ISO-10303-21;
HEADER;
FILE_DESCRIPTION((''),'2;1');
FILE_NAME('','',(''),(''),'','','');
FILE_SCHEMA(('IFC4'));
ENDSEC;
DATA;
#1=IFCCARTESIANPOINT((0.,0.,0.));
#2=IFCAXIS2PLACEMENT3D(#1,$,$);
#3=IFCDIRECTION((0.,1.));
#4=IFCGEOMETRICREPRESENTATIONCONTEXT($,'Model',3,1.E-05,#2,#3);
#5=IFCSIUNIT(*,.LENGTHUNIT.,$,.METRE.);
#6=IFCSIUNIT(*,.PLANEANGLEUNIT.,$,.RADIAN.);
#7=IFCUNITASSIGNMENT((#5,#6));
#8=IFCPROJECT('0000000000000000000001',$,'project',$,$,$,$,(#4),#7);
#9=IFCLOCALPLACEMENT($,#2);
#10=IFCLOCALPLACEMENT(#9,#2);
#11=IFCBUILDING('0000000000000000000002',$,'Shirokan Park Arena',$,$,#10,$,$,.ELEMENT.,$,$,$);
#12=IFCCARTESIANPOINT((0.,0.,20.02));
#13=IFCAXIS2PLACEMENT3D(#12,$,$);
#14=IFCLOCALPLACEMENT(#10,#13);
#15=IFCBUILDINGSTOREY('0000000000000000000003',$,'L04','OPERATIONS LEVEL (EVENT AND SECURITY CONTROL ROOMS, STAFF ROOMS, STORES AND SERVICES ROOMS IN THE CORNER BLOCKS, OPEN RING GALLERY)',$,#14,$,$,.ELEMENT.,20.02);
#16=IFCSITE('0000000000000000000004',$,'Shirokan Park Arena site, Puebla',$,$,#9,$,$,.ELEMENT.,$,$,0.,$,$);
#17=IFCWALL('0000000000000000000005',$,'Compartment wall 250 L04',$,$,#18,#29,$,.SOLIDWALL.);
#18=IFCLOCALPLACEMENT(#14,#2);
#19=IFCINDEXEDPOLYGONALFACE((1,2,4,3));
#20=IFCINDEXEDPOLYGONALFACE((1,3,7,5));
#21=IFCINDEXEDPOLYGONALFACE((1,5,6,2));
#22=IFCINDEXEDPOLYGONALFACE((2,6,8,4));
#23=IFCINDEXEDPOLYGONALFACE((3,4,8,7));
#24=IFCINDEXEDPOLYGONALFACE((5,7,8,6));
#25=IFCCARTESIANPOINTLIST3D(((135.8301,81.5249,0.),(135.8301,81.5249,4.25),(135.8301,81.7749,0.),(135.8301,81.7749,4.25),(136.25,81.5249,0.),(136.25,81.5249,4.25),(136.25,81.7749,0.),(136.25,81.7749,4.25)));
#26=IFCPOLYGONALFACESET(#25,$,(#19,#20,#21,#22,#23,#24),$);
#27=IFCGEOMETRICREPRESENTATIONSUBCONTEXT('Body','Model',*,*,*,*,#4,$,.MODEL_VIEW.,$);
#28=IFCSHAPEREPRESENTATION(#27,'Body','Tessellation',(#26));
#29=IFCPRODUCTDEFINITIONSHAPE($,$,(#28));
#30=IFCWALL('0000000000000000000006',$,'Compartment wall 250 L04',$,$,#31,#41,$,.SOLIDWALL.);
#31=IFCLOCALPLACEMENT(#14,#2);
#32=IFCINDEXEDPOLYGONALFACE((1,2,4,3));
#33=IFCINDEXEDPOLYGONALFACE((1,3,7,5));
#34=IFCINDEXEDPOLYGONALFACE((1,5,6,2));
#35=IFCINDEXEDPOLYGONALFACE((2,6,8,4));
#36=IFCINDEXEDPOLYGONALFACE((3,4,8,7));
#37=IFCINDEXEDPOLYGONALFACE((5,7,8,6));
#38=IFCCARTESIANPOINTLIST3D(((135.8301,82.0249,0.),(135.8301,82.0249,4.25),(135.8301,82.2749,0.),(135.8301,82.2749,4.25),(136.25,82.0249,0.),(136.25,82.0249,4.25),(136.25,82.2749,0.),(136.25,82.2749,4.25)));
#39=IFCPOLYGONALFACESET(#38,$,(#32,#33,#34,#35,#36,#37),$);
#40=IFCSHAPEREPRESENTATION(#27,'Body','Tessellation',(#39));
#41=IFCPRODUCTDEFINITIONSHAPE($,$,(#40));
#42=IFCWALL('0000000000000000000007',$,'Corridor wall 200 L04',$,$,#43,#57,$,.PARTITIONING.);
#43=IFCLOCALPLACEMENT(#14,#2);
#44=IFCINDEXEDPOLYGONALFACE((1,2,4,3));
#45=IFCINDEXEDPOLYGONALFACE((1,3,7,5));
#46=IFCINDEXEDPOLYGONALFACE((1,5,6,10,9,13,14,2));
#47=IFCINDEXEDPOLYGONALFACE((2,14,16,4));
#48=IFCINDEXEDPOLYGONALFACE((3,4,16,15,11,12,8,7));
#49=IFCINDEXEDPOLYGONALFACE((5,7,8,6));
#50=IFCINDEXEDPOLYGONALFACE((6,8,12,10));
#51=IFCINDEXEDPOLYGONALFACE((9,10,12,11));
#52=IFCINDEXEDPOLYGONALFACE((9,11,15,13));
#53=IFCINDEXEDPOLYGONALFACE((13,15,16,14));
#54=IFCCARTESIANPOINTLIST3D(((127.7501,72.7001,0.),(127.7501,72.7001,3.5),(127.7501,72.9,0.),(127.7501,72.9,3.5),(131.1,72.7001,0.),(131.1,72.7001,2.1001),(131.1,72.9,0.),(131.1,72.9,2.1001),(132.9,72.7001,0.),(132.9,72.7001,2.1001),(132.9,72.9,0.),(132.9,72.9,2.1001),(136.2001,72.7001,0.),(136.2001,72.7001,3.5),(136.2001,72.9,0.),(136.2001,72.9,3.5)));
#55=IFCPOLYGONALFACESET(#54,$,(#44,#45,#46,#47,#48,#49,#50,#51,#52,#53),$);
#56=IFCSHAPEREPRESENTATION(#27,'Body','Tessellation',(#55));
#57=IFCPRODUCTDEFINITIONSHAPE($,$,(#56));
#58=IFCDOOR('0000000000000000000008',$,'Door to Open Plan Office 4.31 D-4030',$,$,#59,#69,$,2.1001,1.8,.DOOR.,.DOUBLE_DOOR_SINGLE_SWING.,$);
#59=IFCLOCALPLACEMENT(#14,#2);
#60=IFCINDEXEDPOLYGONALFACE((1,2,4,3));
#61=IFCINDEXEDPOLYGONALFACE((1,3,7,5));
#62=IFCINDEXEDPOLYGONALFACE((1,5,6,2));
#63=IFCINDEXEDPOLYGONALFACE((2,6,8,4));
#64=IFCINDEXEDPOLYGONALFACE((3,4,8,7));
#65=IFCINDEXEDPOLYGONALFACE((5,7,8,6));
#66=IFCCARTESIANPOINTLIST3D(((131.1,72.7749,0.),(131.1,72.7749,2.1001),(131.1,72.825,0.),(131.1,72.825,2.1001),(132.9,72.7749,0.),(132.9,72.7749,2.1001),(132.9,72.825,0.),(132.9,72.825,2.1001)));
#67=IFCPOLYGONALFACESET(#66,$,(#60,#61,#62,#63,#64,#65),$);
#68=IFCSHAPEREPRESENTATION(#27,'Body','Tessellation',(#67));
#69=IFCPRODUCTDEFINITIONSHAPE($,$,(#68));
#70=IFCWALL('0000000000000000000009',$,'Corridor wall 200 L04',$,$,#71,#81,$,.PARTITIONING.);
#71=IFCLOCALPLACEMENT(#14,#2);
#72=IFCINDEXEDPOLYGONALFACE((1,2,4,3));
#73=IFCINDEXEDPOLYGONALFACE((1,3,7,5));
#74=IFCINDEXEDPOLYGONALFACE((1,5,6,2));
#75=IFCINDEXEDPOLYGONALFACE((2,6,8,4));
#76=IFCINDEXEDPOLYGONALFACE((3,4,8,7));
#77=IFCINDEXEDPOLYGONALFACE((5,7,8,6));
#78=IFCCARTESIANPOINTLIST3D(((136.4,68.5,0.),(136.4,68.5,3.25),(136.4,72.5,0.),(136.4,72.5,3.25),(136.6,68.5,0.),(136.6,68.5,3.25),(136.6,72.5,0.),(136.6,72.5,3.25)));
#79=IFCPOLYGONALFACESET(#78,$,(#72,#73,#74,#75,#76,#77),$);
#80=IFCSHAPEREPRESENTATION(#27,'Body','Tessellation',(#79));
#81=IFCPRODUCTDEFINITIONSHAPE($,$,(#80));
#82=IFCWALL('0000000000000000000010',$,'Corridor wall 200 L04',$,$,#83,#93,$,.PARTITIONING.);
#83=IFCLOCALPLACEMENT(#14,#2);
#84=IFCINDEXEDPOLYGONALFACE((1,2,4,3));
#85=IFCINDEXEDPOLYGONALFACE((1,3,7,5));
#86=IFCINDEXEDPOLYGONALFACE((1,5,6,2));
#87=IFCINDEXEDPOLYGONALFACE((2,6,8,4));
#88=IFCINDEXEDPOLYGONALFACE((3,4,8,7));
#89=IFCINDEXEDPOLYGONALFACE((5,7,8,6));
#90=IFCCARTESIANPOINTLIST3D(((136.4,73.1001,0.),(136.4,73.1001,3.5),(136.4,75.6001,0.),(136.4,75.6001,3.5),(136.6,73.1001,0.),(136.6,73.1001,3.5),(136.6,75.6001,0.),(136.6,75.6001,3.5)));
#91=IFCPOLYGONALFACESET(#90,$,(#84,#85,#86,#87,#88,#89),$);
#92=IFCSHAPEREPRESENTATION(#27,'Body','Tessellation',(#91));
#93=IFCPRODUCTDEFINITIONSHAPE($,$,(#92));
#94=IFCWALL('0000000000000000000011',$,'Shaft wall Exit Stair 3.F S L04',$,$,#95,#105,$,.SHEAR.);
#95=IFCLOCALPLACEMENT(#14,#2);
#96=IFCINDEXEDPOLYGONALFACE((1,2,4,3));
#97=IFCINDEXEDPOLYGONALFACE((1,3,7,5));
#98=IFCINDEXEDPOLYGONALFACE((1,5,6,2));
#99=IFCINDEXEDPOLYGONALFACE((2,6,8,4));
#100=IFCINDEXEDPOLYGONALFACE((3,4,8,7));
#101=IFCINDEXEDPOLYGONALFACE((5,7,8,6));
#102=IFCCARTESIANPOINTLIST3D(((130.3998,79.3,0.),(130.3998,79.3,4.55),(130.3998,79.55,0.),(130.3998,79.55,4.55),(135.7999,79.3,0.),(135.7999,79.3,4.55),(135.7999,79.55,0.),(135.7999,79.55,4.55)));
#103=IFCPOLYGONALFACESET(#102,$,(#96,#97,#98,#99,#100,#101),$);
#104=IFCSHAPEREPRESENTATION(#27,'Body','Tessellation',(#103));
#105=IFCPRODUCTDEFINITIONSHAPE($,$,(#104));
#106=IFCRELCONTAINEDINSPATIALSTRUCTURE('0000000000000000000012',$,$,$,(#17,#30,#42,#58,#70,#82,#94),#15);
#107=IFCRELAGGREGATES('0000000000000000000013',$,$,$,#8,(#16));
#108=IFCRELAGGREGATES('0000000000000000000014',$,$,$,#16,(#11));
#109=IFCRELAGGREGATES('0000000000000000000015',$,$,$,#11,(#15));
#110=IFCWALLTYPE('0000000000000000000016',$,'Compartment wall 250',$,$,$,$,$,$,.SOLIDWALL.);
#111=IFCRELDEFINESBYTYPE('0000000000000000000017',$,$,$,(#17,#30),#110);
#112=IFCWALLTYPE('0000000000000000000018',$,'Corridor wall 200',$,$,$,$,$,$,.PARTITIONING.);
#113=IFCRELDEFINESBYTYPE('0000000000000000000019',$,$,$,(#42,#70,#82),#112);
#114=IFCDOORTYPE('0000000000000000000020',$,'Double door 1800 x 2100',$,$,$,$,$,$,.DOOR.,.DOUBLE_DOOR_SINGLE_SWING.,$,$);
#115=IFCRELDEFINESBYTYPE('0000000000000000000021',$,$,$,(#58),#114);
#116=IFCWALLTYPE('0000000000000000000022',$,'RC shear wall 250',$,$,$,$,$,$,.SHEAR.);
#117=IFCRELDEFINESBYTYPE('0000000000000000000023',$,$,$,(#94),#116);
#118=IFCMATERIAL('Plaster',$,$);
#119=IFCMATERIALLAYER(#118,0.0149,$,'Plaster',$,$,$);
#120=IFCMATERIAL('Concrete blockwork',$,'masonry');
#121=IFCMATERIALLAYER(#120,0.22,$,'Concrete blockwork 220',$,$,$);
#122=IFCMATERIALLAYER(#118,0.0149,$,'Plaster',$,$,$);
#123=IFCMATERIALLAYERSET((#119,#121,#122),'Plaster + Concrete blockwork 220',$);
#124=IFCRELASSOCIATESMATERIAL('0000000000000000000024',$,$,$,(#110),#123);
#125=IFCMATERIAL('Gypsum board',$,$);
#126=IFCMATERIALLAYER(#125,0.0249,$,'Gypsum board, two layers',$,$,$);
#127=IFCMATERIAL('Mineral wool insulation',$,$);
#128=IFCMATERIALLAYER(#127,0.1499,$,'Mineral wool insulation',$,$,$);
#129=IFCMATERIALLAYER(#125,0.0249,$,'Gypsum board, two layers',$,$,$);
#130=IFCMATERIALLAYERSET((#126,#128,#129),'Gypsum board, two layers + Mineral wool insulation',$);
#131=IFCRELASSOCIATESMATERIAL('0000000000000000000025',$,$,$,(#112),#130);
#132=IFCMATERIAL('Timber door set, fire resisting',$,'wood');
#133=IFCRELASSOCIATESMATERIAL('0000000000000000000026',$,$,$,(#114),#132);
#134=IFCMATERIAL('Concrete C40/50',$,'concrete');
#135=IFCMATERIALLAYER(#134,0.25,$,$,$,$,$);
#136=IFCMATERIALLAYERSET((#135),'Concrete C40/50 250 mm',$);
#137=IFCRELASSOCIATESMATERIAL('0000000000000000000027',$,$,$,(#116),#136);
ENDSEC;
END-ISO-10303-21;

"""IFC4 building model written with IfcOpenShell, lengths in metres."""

from ifc_helpers import new_model, si_unit, direction, frame, frame_2d, origin, place, context, subcontext, project, spatial, rectangle, extrude, material, layer, layer_set, type_object, element, fill, save


model = new_model("IFC4")

# Units and contexts
model_context = context("Model", 3, precision=1e-05, world=origin(), true_north=direction((0.0, 1.0)))
body_context = subcontext(model_context, "Body", "Model", "MODEL_VIEW")
ifc_project = project(units=[si_unit("LENGTHUNIT", "METRE"), si_unit("PLANEANGLEUNIT", "RADIAN")], contexts=[model_context])

# Site, building, storey
site_placement = place(None, origin())
site = spatial("IfcSite", under=ifc_project, at=site_placement, Name="Shirokan Park Arena site, Puebla", CompositionType="ELEMENT", RefElevation=0.0)
building_placement = place(site_placement, origin())
building = spatial("IfcBuilding", under=site, at=building_placement, Name="Shirokan Park Arena", CompositionType="ELEMENT")
storey_placement = place(building_placement, frame((0.0, 0.0, 20.02)))
storey = spatial("IfcBuildingStorey", under=building, at=storey_placement, Name="L04", Description="OPERATIONS LEVEL (EVENT AND SECURITY CONTROL ROOMS, STAFF ROOMS, STORES AND SERVICES ROOMS IN THE CORNER BLOCKS, OPEN RING GALLERY)", CompositionType="ELEMENT", Elevation=20.02)

# Walls
ifc_material_1 = material(Name="Plaster")
ifc_layer_1 = layer(ifc_material_1, 0.0149, Name="Plaster")
ifc_material_2 = material(Name="Concrete blockwork", Category="masonry")
ifc_layer_2 = layer(ifc_material_2, 0.22, Name="Concrete blockwork 220")
ifc_layer_3 = layer(ifc_material_1, 0.0149, Name="Plaster")
ifc_layer_set_1 = layer_set([ifc_layer_1, ifc_layer_2, ifc_layer_3], Name="Plaster + Concrete blockwork 220")
wall_type_1 = type_object("IfcWallType", Name="Compartment wall 250", PredefinedType="SOLIDWALL", material=ifc_layer_set_1)
for number, where, z_axis, x_axis, name in (
    (1, (135.8301, 81.6499, 0.0), (0.0, 0.0, 1.0), (1.0, 0.0, 0.0), "Compartment wall 250 L04"),
    (2, (136.25, 82.1499, 0.0), (0.0, 0.0, 1.0), (-1.0, 0.0, 0.0), "Compartment wall 250 L04"),
):
    element("IfcWall", number, at=place(storey_placement, frame(where, z_axis=z_axis, x_axis=x_axis)), inside=storey, type_object=wall_type_1, Name=name, PredefinedType="SOLIDWALL", context=body_context, shape_type="SweptSolid", body=[
        extrude(rectangle(XDim=0.4199, YDim=0.25, at=frame_2d((0.21, 0.0))), origin(), (0.0, 0.0, 1.0), 4.25),
    ])

# Wall, opening, door
ifc_material_3 = material(Name="Gypsum board")
ifc_layer_4 = layer(ifc_material_3, 0.0249, Name="Gypsum board, two layers")
ifc_material_4 = material(Name="Mineral wool insulation")
ifc_layer_5 = layer(ifc_material_4, 0.1499, Name="Mineral wool insulation")
ifc_layer_6 = layer(ifc_material_3, 0.0249, Name="Gypsum board, two layers")
ifc_layer_set_2 = layer_set([ifc_layer_4, ifc_layer_5, ifc_layer_6], Name="Gypsum board, two layers + Mineral wool insulation")
wall_type_2 = type_object("IfcWallType", Name="Corridor wall 200", PredefinedType="PARTITIONING", material=ifc_layer_set_2)
wall_1_placement = place(storey_placement, frame((127.75, 72.8, 0.0), z_axis=(0.0, 0.0, 1.0), x_axis=(1.0, 0.0, 0.0)))
wall_1 = element("IfcWall", 3, at=wall_1_placement, inside=storey, type_object=wall_type_2, Name="Corridor wall 200 L04", PredefinedType="PARTITIONING", context=body_context, shape_type="SweptSolid", body=[
    extrude(rectangle(XDim=8.45, YDim=0.2, at=frame_2d((4.2251, 0.0))), origin(), (0.0, 0.0, 1.0), 3.5),
])
opening_placement = place(wall_1_placement, frame((3.3501, 0.0, 0.0)))
opening = element("IfcOpeningElement", 4, at=opening_placement, cuts=wall_1, PredefinedType="OPENING", context=body_context, shape_type="SweptSolid", body=[
    extrude(rectangle(XDim=1.8, YDim=2.1001, at=frame_2d((0.8999, 1.05))), frame((0.0, 0.1099, 0.0), z_axis=(0.0, -1.0, 0.0), x_axis=(1.0, 0.0, 0.0)), (0.0, 0.0, 1.0), 0.22),
])
ifc_material_5 = material(Name="Timber door set, fire resisting", Category="wood")
door_type = type_object("IfcDoorType", Name="Double door 1800 x 2100", OperationType="DOUBLE_DOOR_SINGLE_SWING", PredefinedType="DOOR", material=ifc_material_5)
door_placement = place(opening_placement, origin())
door = element("IfcDoor", 5, at=door_placement, inside=storey, type_object=door_type, Name="Door to Open Plan Office 4.31 D-4030", OperationType="DOUBLE_DOOR_SINGLE_SWING", OverallHeight=2.1001, OverallWidth=1.8, PredefinedType="DOOR", context=body_context, shape_type="SweptSolid", body=[
    extrude(rectangle(XDim=1.8, YDim=2.1001, at=frame_2d((0.8999, 1.05))), frame((0.0, 0.0249, 0.0), z_axis=(0.0, -1.0, 0.0), x_axis=(1.0, 0.0, 0.0)), (0.0, 0.0, 1.0), 0.05),
])
fill(opening, door)

# Walls
wall_2_placement = place(storey_placement, frame((136.5, 72.5, 0.0), z_axis=(0.0, 0.0, 1.0), x_axis=(0.0, -1.0, 0.0)))
element("IfcWall", 6, at=wall_2_placement, inside=storey, type_object=wall_type_2, Name="Corridor wall 200 L04", PredefinedType="PARTITIONING", context=body_context, shape_type="SweptSolid", body=[
    extrude(rectangle(XDim=4.0, YDim=0.2, at=frame_2d((2.0, 0.0))), origin(), (0.0, 0.0, 1.0), 3.25),
])
wall_3_placement = place(storey_placement, frame((136.5, 75.6001, 0.0), z_axis=(0.0, 0.0, 1.0), x_axis=(0.0, -1.0, 0.0)))
element("IfcWall", 7, at=wall_3_placement, inside=storey, type_object=wall_type_2, Name="Corridor wall 200 L04", PredefinedType="PARTITIONING", context=body_context, shape_type="SweptSolid", body=[
    extrude(rectangle(XDim=2.5, YDim=0.2, at=frame_2d((1.25, 0.0))), origin(), (0.0, 0.0, 1.0), 3.5),
])
ifc_material_6 = material(Name="Concrete C40/50", Category="concrete")
ifc_layer_7 = layer(ifc_material_6, 0.25)
ifc_layer_set_3 = layer_set([ifc_layer_7], Name="Concrete C40/50 250 mm")
wall_type_3 = type_object("IfcWallType", Name="RC shear wall 250", PredefinedType="SHEAR", material=ifc_layer_set_3)
wall_4_placement = place(storey_placement, frame((135.8, 79.425, 0.0), z_axis=(0.0, 0.0, 1.0), x_axis=(-1.0, 0.0, 0.0)))
element("IfcWall", 8, at=wall_4_placement, inside=storey, type_object=wall_type_3, Name="Shaft wall Exit Stair 3.F S L04", PredefinedType="SHEAR", context=body_context, shape_type="SweptSolid", body=[
    extrude(rectangle(XDim=5.4001, YDim=0.25, at=frame_2d((2.7002, 0.0))), origin(), (0.0, 0.0, 1.0), 4.55),
])

save(model, "model.ifc")
